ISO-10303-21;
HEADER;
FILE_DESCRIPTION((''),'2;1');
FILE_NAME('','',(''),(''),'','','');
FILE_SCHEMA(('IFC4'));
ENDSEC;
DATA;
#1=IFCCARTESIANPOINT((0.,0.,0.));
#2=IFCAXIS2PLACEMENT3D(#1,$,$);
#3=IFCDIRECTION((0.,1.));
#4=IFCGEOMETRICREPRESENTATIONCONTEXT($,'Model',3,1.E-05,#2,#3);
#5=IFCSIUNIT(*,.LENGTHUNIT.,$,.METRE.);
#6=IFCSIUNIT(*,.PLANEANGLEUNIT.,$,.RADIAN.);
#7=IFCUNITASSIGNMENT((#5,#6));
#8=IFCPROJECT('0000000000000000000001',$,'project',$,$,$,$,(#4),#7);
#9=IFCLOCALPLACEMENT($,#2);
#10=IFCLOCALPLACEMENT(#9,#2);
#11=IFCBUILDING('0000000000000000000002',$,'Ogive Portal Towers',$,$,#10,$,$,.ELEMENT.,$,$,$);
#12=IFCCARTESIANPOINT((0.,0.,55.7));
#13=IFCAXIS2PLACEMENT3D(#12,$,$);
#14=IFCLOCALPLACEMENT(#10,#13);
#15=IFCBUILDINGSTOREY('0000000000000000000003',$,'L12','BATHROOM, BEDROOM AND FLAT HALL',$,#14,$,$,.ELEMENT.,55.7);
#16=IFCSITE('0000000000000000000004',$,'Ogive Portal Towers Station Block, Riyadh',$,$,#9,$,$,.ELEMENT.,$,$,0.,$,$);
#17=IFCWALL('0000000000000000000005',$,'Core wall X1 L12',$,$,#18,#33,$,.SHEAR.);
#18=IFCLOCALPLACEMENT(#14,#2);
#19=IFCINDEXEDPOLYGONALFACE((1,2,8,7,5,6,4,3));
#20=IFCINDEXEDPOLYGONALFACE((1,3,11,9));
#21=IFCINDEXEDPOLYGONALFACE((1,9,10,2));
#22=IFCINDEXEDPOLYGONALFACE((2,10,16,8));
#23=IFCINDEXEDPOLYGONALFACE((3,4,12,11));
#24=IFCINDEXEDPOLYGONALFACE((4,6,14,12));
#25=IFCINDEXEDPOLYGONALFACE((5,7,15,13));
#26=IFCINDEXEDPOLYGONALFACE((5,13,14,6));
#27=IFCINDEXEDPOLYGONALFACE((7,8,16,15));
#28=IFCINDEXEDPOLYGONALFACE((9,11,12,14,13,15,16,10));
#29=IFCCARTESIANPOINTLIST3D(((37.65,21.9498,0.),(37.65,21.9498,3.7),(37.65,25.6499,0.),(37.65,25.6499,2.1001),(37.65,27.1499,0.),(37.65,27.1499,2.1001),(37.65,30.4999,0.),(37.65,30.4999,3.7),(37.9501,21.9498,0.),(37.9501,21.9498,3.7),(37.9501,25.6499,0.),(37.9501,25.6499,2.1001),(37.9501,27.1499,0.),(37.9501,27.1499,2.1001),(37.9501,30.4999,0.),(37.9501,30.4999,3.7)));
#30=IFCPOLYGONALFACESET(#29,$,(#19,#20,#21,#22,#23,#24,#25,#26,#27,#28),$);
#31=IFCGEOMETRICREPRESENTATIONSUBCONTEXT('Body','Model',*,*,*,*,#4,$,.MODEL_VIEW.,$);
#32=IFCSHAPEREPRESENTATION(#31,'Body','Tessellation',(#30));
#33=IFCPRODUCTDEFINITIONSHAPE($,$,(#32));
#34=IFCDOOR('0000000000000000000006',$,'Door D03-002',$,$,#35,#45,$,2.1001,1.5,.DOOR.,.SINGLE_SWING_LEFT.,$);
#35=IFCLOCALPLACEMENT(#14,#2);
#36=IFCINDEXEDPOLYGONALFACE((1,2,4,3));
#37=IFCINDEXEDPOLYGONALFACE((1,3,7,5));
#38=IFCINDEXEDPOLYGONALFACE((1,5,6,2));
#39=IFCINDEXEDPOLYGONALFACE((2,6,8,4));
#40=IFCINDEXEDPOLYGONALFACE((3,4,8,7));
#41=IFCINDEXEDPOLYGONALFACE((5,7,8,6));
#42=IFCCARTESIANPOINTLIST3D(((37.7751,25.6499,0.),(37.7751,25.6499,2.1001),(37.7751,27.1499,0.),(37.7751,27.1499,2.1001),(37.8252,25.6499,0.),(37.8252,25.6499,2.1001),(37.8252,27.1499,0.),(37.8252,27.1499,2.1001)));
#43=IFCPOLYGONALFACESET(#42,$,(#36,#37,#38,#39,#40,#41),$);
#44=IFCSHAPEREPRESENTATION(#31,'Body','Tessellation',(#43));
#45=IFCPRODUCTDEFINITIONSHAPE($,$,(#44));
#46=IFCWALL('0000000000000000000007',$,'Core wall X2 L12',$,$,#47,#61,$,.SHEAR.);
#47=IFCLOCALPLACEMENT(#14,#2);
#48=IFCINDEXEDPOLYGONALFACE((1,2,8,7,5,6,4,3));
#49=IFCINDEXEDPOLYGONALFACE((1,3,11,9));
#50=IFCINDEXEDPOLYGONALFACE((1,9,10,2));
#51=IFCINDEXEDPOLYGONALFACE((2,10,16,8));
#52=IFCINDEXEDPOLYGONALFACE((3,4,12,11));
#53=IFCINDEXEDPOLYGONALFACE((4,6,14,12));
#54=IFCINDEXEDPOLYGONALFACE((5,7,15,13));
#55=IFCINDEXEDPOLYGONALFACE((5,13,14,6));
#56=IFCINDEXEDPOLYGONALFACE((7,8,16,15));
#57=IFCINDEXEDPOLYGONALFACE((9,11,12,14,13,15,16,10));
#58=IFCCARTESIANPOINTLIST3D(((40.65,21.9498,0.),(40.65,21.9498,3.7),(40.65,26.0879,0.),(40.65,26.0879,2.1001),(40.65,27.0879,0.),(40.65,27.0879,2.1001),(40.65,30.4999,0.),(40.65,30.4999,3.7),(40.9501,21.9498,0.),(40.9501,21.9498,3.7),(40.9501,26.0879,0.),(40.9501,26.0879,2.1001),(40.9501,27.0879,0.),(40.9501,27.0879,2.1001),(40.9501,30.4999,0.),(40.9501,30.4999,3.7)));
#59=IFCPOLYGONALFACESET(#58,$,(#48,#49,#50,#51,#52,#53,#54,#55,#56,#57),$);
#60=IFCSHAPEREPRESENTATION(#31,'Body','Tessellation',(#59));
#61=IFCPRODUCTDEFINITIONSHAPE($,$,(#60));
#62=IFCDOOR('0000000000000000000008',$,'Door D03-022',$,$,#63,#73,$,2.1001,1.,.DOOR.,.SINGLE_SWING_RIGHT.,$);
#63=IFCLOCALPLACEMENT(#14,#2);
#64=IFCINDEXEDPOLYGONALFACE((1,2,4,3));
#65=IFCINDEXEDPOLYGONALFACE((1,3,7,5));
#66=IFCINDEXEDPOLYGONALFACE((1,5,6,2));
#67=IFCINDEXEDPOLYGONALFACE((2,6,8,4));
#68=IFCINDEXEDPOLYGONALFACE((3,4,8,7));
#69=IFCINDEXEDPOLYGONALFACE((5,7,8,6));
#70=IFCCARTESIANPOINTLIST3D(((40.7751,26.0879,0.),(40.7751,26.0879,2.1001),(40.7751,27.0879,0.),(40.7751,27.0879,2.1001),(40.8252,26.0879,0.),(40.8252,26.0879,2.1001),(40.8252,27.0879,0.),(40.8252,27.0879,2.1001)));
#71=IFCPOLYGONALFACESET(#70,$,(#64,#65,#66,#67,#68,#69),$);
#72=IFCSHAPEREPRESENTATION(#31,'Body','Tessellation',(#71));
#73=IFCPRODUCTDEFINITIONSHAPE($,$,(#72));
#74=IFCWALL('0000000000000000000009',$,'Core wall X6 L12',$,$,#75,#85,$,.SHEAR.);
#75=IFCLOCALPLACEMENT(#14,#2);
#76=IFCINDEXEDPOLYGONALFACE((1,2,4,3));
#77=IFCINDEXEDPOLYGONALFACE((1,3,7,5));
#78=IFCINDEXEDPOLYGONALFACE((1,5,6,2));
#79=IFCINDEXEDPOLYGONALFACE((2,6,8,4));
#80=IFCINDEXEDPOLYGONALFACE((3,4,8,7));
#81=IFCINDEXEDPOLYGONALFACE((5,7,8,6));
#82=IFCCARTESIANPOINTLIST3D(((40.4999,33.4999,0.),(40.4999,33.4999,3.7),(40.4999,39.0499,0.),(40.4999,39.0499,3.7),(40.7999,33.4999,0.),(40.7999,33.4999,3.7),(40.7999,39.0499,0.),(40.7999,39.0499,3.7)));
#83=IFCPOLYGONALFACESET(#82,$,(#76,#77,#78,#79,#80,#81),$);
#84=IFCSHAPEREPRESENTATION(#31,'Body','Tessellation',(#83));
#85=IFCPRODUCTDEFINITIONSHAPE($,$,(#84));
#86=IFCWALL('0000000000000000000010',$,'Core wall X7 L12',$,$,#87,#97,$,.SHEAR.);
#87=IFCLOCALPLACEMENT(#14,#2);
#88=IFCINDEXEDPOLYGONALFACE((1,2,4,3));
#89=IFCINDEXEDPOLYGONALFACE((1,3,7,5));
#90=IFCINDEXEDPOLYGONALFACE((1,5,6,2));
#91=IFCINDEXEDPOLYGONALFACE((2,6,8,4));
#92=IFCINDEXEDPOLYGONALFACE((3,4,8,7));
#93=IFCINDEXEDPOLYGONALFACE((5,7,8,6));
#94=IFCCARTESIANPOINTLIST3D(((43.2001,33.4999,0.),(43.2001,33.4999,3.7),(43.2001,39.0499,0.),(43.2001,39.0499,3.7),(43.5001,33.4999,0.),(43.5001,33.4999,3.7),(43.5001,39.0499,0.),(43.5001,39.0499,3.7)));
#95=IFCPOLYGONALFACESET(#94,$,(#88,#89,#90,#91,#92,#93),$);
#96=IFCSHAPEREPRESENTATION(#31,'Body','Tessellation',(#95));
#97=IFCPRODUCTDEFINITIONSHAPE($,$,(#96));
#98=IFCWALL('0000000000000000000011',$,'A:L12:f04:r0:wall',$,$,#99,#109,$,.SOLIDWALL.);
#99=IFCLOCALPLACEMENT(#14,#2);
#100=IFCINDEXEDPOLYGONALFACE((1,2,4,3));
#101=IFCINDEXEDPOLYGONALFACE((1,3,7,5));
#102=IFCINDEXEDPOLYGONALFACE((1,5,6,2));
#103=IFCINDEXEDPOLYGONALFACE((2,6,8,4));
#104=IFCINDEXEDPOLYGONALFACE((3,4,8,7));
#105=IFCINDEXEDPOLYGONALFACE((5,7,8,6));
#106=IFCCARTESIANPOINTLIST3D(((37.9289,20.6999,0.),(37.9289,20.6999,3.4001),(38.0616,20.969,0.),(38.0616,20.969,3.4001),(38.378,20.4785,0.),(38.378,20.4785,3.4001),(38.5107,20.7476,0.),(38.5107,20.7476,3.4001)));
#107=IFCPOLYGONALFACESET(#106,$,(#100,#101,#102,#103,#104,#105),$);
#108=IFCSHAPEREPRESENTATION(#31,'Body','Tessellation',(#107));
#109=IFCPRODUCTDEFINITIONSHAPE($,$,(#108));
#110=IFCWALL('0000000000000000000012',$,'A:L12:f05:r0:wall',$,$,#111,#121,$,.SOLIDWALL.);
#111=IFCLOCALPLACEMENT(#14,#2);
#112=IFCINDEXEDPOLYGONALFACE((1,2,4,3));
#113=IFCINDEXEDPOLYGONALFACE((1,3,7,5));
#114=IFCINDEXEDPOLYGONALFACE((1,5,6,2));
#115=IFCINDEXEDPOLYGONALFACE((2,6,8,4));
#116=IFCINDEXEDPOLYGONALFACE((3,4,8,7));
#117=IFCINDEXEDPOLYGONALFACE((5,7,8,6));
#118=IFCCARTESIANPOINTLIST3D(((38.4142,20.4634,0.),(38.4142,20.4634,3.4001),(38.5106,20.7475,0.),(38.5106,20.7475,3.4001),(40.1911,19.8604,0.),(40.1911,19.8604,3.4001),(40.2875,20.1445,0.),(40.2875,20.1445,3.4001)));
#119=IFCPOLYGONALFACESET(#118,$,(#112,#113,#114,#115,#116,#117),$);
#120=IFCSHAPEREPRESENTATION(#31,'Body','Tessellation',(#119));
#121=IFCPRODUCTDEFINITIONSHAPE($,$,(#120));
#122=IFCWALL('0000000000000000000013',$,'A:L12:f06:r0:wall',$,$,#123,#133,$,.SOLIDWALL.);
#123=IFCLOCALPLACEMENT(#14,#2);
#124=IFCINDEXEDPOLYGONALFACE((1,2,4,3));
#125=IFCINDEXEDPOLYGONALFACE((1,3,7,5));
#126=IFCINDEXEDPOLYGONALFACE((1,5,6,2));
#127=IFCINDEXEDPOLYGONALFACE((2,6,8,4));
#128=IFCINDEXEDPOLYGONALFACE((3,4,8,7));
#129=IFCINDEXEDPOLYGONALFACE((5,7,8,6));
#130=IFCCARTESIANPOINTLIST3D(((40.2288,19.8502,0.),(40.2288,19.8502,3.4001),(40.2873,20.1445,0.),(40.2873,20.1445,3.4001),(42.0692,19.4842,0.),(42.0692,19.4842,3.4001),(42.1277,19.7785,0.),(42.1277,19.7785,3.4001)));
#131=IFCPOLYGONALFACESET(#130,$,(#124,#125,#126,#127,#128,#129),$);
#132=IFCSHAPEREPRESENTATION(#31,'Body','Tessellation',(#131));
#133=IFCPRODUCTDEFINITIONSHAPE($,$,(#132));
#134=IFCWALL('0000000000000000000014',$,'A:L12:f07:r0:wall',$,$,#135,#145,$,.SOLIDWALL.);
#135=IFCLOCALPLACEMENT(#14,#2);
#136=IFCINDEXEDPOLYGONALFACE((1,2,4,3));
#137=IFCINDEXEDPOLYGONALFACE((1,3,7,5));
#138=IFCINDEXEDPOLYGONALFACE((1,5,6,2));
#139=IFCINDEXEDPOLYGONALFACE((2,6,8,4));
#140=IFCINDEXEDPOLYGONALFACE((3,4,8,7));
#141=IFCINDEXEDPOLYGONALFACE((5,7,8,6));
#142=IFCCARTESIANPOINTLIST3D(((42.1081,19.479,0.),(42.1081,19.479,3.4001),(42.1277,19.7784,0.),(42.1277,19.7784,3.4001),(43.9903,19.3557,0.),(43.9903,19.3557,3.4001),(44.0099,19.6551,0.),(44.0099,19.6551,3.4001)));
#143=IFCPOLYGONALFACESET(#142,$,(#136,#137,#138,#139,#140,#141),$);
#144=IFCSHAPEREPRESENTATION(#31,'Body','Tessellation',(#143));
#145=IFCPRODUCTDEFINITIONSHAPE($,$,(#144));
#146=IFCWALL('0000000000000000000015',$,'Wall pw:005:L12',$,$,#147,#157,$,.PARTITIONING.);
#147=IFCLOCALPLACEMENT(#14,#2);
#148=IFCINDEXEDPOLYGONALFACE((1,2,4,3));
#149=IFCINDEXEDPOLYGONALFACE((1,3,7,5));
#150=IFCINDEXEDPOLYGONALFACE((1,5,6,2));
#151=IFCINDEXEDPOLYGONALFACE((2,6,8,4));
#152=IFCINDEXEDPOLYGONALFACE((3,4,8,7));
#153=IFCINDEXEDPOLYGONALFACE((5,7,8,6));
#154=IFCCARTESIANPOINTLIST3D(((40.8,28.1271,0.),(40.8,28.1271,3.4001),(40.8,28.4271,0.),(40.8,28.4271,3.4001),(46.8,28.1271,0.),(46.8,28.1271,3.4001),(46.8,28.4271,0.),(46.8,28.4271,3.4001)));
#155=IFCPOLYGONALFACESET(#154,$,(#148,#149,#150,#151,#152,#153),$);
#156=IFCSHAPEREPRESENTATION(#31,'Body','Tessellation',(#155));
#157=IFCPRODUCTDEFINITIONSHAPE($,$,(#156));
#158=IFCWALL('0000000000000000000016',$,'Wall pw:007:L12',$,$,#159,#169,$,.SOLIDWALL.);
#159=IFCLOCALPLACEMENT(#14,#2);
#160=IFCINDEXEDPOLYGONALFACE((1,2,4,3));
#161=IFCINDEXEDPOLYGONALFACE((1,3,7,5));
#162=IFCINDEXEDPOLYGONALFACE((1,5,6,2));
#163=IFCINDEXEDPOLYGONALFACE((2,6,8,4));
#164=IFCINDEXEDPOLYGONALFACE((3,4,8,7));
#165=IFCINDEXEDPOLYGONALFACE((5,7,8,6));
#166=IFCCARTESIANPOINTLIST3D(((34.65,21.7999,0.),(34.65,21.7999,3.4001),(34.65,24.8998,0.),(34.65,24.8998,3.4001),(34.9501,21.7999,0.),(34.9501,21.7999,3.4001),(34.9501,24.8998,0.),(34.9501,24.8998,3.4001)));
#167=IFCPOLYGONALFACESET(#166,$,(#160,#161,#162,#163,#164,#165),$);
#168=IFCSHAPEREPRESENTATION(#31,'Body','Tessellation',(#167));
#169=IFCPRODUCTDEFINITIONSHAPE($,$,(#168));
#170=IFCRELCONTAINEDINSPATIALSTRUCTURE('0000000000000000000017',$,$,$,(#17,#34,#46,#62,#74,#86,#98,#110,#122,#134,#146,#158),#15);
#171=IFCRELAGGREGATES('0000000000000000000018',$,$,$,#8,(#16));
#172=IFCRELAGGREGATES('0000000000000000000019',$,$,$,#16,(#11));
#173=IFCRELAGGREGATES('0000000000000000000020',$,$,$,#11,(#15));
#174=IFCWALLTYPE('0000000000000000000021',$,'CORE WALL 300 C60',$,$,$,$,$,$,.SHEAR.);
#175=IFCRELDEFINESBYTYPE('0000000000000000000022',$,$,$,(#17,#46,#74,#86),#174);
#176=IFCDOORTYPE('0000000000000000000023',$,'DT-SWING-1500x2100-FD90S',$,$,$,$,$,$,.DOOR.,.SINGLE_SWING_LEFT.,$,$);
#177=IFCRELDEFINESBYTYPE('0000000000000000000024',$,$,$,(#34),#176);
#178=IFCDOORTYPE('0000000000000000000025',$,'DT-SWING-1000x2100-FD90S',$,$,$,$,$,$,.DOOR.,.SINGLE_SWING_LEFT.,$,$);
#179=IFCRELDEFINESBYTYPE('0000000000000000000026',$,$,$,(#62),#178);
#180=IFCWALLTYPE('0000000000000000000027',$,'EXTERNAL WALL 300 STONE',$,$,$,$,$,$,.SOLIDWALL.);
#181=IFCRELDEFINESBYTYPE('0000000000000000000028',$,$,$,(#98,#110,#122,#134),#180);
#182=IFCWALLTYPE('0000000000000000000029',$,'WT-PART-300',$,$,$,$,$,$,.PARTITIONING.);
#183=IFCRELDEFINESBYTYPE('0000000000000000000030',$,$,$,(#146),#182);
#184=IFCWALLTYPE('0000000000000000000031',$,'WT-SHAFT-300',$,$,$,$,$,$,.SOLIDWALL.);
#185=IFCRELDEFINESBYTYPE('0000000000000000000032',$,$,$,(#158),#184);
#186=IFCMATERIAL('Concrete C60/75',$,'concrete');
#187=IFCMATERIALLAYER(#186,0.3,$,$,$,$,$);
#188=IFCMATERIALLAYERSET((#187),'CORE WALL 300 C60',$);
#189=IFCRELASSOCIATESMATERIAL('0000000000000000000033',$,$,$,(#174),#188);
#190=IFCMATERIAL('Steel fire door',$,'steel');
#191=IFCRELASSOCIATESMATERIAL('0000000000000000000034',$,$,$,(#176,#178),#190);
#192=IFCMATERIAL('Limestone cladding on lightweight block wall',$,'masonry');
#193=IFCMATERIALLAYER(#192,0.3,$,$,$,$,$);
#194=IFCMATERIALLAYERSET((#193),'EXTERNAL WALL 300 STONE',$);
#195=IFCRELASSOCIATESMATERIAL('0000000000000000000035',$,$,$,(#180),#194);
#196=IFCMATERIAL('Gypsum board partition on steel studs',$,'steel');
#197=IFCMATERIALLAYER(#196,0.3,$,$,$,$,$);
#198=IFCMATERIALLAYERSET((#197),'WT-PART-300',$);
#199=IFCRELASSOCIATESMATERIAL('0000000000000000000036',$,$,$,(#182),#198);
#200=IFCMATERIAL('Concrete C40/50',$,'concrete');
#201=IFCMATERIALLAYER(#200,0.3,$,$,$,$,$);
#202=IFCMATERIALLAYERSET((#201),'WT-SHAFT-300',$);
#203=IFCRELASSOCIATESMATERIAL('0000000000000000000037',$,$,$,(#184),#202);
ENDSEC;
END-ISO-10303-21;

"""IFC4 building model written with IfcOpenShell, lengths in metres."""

from ifc_helpers import new_model, si_unit, direction, frame, frame_2d, origin, place, context, subcontext, project, spatial, rectangle, extrude, material, layer, layer_set, type_object, element, fill, save


model = new_model("IFC4")

# Units and contexts
model_context = context("Model", 3, precision=1e-05, world=origin(), true_north=direction((0.0, 1.0)))
body_context = subcontext(model_context, "Body", "Model", "MODEL_VIEW")
ifc_project = project(units=[si_unit("LENGTHUNIT", "METRE"), si_unit("PLANEANGLEUNIT", "RADIAN")], contexts=[model_context])

# Site, building, storey
site_placement = place(None, origin())
site = spatial("IfcSite", under=ifc_project, at=site_placement, Name="Ogive Portal Towers Station Block, Riyadh", CompositionType="ELEMENT", RefElevation=0.0)
building_placement = place(site_placement, origin())
building = spatial("IfcBuilding", under=site, at=building_placement, Name="Ogive Portal Towers", CompositionType="ELEMENT")
storey_placement = place(building_placement, frame((0.0, 0.0, 55.7)))
storey = spatial("IfcBuildingStorey", under=building, at=storey_placement, Name="L12", Description="BATHROOM, BEDROOM AND FLAT HALL", CompositionType="ELEMENT", Elevation=55.7)

# Walls, openings, doors
ifc_material_1 = material(Name="Concrete C60/75", Category="concrete")
ifc_layer_1 = layer(ifc_material_1, 0.3)
ifc_layer_set_1 = layer_set([ifc_layer_1], Name="CORE WALL 300 C60")
wall_type_1 = type_object("IfcWallType", Name="CORE WALL 300 C60", PredefinedType="SHEAR", material=ifc_layer_set_1)
wall_1_placement = place(storey_placement, frame((37.8, 21.95, 0.0), z_axis=(0.0, 0.0, 1.0), x_axis=(0.0, 1.0, 0.0)))
wall_1 = element("IfcWall", 1, at=wall_1_placement, inside=storey, type_object=wall_type_1, Name="Core wall X1 L12", PredefinedType="SHEAR", context=body_context, shape_type="SweptSolid", body=[
    extrude(rectangle(XDim=8.55, YDim=0.3, at=frame_2d((4.2749, 0.0))), origin(), (0.0, 0.0, 1.0), 3.7),
])
opening_1_placement = place(wall_1_placement, frame((3.7, 0.0, 0.0)))
opening_1 = element("IfcOpeningElement", 2, at=opening_1_placement, cuts=wall_1, PredefinedType="OPENING", context=body_context, shape_type="SweptSolid", body=[
    extrude(rectangle(XDim=1.5, YDim=2.1001, at=frame_2d((0.75, 1.05))), frame((0.0, 0.1602, 0.0), z_axis=(0.0, -1.0, 0.0), x_axis=(1.0, 0.0, 0.0)), (0.0, 0.0, 1.0), 0.3201),
])
ifc_material_2 = material(Name="Steel fire door", Category="steel")
door_type_1 = type_object("IfcDoorType", Name="DT-SWING-1500x2100-FD90S", OperationType="SINGLE_SWING_LEFT", PredefinedType="DOOR", material=ifc_material_2)
door_1_placement = place(opening_1_placement, origin())
door_1 = element("IfcDoor", 3, at=door_1_placement, inside=storey, type_object=door_type_1, Name="Door D03-002", OperationType="SINGLE_SWING_LEFT", OverallHeight=2.1001, OverallWidth=1.5, PredefinedType="DOOR", context=body_context, shape_type="SweptSolid", body=[
    extrude(rectangle(XDim=1.5, YDim=2.1001, at=frame_2d((0.75, 1.05))), frame((0.0, 0.0249, 0.0), z_axis=(0.0, -1.0, 0.0), x_axis=(1.0, 0.0, 0.0)), (0.0, 0.0, 1.0), 0.05),
])
fill(opening_1, door_1)
wall_2_placement = place(storey_placement, frame((40.8, 21.95, 0.0), z_axis=(0.0, 0.0, 1.0), x_axis=(0.0, 1.0, 0.0)))
wall_2 = element("IfcWall", 4, at=wall_2_placement, inside=storey, type_object=wall_type_1, Name="Core wall X2 L12", PredefinedType="SHEAR", context=body_context, shape_type="SweptSolid", body=[
    extrude(rectangle(XDim=8.55, YDim=0.3, at=frame_2d((4.2749, 0.0))), origin(), (0.0, 0.0, 1.0), 3.7),
])
opening_2_placement = place(wall_2_placement, frame((4.1379, 0.0, 0.0)))
opening_2 = element("IfcOpeningElement", 5, at=opening_2_placement, cuts=wall_2, PredefinedType="OPENING", context=body_context, shape_type="SweptSolid", body=[
    extrude(rectangle(XDim=1.0, YDim=2.1001, at=frame_2d((0.5, 1.05))), frame((0.0, 0.1602, 0.0), z_axis=(0.0, -1.0, 0.0), x_axis=(1.0, 0.0, 0.0)), (0.0, 0.0, 1.0), 0.3201),
])
door_type_2 = type_object("IfcDoorType", Name="DT-SWING-1000x2100-FD90S", OperationType="SINGLE_SWING_LEFT", PredefinedType="DOOR", material=ifc_material_2)
door_2_placement = place(opening_2_placement, origin())
door_2 = element("IfcDoor", 6, at=door_2_placement, inside=storey, type_object=door_type_2, Name="Door D03-022", OperationType="SINGLE_SWING_RIGHT", OverallHeight=2.1001, OverallWidth=1.0, PredefinedType="DOOR", context=body_context, shape_type="SweptSolid", body=[
    extrude(rectangle(XDim=1.0, YDim=2.1001, at=frame_2d((0.5, 1.05))), frame((0.0, 0.0249, 0.0), z_axis=(0.0, -1.0, 0.0), x_axis=(1.0, 0.0, 0.0)), (0.0, 0.0, 1.0), 0.05),
])
fill(opening_2, door_2)

# Walls
for number, where, z_axis, x_axis, name in (
    (7, (40.6499, 33.5, 0.0), (0.0, 0.0, 1.0), (0.0, 1.0, 0.0), "Core wall X6 L12"),
    (8, (43.3501, 33.5, 0.0), (0.0, 0.0, 1.0), (0.0, 1.0, 0.0), "Core wall X7 L12"),
):
    element("IfcWall", number, at=place(storey_placement, frame(where, z_axis=z_axis, x_axis=x_axis)), inside=storey, type_object=wall_type_1, Name=name, PredefinedType="SHEAR", context=body_context, shape_type="SweptSolid", body=[
        extrude(rectangle(XDim=5.55, YDim=0.3, at=frame_2d((2.7749, 0.0))), origin(), (0.0, 0.0, 1.0), 3.7),
    ])

# Walls
ifc_material_3 = material(Name="Limestone cladding on lightweight block wall", Category="masonry")
ifc_layer_2 = layer(ifc_material_3, 0.3)
ifc_layer_set_2 = layer_set([ifc_layer_2], Name="EXTERNAL WALL 300 STONE")
wall_type_2 = type_object("IfcWallType", Name="EXTERNAL WALL 300 STONE", PredefinedType="SOLIDWALL", material=ifc_layer_set_2)
wall_3_placement = place(storey_placement, frame((37.9951, 20.8345, 0.0), z_axis=(0.0, 0.0, 1.0), x_axis=(0.896948, -0.442137, 0.0)))
element("IfcWall", 9, at=wall_3_placement, inside=storey, type_object=wall_type_2, Name="A:L12:f04:r0:wall", PredefinedType="SOLIDWALL", context=body_context, shape_type="SweptSolid", body=[
    extrude(rectangle(XDim=0.5007, YDim=0.3, at=frame_2d((0.2505, 0.0))), origin(), (0.0, 0.0, 1.0), 3.4001),
])
for number, where, z_axis, x_axis, name in (
    (10, (38.4624, 20.6055, 0.0), (0.0, 0.0, 1.0), (0.946952, -0.321376, 0.0), "A:L12:f05:r0:wall"),
    (11, (40.2581, 19.9973, 0.0), (0.0, 0.0, 1.0), (0.980795, -0.19504, 0.0), "A:L12:f06:r0:wall"),
):
    element("IfcWall", number, at=place(storey_placement, frame(where, z_axis=z_axis, x_axis=x_axis)), inside=storey, type_object=wall_type_2, Name=name, PredefinedType="SOLIDWALL", context=body_context, shape_type="SweptSolid", body=[
        extrude(rectangle(XDim=1.8765, YDim=0.3, at=frame_2d((0.9382, 0.0))), origin(), (0.0, 0.0, 1.0), 3.4001),
    ])
wall_4_placement = place(storey_placement, frame((42.1179, 19.6287, 0.0), z_axis=(0.0, 0.0, 1.0), x_axis=(0.997861, -0.065368, 0.0)))
element("IfcWall", 12, at=wall_4_placement, inside=storey, type_object=wall_type_2, Name="A:L12:f07:r0:wall", PredefinedType="SOLIDWALL", context=body_context, shape_type="SweptSolid", body=[
    extrude(rectangle(XDim=1.8862, YDim=0.3, at=frame_2d((0.9431, 0.0))), origin(), (0.0, 0.0, 1.0), 3.4001),
])

# Walls
ifc_material_4 = material(Name="Gypsum board partition on steel studs", Category="steel")
ifc_layer_3 = layer(ifc_material_4, 0.3)
ifc_layer_set_3 = layer_set([ifc_layer_3], Name="WT-PART-300")
wall_type_3 = type_object("IfcWallType", Name="WT-PART-300", PredefinedType="PARTITIONING", material=ifc_layer_set_3)
wall_5_placement = place(storey_placement, frame((40.8, 28.2771, 0.0), z_axis=(0.0, 0.0, 1.0), x_axis=(1.0, 0.0, 0.0)))
element("IfcWall", 13, at=wall_5_placement, inside=storey, type_object=wall_type_3, Name="Wall pw:005:L12", PredefinedType="PARTITIONING", context=body_context, shape_type="SweptSolid", body=[
    extrude(rectangle(XDim=6.0, YDim=0.3, at=frame_2d((3.0, 0.0))), origin(), (0.0, 0.0, 1.0), 3.4001),
])
ifc_material_5 = material(Name="Concrete C40/50", Category="concrete")
ifc_layer_4 = layer(ifc_material_5, 0.3)
ifc_layer_set_4 = layer_set([ifc_layer_4], Name="WT-SHAFT-300")
wall_type_4 = type_object("IfcWallType", Name="WT-SHAFT-300", PredefinedType="SOLIDWALL", material=ifc_layer_set_4)
wall_6_placement = place(storey_placement, frame((34.8, 21.8, 0.0), z_axis=(0.0, 0.0, 1.0), x_axis=(0.0, 1.0, 0.0)))
element("IfcWall", 14, at=wall_6_placement, inside=storey, type_object=wall_type_4, Name="Wall pw:007:L12", PredefinedType="SOLIDWALL", context=body_context, shape_type="SweptSolid", body=[
    extrude(rectangle(XDim=3.0999, YDim=0.3, at=frame_2d((1.5498, 0.0))), origin(), (0.0, 0.0, 1.0), 3.4001),
])

save(model, "model.ifc")
